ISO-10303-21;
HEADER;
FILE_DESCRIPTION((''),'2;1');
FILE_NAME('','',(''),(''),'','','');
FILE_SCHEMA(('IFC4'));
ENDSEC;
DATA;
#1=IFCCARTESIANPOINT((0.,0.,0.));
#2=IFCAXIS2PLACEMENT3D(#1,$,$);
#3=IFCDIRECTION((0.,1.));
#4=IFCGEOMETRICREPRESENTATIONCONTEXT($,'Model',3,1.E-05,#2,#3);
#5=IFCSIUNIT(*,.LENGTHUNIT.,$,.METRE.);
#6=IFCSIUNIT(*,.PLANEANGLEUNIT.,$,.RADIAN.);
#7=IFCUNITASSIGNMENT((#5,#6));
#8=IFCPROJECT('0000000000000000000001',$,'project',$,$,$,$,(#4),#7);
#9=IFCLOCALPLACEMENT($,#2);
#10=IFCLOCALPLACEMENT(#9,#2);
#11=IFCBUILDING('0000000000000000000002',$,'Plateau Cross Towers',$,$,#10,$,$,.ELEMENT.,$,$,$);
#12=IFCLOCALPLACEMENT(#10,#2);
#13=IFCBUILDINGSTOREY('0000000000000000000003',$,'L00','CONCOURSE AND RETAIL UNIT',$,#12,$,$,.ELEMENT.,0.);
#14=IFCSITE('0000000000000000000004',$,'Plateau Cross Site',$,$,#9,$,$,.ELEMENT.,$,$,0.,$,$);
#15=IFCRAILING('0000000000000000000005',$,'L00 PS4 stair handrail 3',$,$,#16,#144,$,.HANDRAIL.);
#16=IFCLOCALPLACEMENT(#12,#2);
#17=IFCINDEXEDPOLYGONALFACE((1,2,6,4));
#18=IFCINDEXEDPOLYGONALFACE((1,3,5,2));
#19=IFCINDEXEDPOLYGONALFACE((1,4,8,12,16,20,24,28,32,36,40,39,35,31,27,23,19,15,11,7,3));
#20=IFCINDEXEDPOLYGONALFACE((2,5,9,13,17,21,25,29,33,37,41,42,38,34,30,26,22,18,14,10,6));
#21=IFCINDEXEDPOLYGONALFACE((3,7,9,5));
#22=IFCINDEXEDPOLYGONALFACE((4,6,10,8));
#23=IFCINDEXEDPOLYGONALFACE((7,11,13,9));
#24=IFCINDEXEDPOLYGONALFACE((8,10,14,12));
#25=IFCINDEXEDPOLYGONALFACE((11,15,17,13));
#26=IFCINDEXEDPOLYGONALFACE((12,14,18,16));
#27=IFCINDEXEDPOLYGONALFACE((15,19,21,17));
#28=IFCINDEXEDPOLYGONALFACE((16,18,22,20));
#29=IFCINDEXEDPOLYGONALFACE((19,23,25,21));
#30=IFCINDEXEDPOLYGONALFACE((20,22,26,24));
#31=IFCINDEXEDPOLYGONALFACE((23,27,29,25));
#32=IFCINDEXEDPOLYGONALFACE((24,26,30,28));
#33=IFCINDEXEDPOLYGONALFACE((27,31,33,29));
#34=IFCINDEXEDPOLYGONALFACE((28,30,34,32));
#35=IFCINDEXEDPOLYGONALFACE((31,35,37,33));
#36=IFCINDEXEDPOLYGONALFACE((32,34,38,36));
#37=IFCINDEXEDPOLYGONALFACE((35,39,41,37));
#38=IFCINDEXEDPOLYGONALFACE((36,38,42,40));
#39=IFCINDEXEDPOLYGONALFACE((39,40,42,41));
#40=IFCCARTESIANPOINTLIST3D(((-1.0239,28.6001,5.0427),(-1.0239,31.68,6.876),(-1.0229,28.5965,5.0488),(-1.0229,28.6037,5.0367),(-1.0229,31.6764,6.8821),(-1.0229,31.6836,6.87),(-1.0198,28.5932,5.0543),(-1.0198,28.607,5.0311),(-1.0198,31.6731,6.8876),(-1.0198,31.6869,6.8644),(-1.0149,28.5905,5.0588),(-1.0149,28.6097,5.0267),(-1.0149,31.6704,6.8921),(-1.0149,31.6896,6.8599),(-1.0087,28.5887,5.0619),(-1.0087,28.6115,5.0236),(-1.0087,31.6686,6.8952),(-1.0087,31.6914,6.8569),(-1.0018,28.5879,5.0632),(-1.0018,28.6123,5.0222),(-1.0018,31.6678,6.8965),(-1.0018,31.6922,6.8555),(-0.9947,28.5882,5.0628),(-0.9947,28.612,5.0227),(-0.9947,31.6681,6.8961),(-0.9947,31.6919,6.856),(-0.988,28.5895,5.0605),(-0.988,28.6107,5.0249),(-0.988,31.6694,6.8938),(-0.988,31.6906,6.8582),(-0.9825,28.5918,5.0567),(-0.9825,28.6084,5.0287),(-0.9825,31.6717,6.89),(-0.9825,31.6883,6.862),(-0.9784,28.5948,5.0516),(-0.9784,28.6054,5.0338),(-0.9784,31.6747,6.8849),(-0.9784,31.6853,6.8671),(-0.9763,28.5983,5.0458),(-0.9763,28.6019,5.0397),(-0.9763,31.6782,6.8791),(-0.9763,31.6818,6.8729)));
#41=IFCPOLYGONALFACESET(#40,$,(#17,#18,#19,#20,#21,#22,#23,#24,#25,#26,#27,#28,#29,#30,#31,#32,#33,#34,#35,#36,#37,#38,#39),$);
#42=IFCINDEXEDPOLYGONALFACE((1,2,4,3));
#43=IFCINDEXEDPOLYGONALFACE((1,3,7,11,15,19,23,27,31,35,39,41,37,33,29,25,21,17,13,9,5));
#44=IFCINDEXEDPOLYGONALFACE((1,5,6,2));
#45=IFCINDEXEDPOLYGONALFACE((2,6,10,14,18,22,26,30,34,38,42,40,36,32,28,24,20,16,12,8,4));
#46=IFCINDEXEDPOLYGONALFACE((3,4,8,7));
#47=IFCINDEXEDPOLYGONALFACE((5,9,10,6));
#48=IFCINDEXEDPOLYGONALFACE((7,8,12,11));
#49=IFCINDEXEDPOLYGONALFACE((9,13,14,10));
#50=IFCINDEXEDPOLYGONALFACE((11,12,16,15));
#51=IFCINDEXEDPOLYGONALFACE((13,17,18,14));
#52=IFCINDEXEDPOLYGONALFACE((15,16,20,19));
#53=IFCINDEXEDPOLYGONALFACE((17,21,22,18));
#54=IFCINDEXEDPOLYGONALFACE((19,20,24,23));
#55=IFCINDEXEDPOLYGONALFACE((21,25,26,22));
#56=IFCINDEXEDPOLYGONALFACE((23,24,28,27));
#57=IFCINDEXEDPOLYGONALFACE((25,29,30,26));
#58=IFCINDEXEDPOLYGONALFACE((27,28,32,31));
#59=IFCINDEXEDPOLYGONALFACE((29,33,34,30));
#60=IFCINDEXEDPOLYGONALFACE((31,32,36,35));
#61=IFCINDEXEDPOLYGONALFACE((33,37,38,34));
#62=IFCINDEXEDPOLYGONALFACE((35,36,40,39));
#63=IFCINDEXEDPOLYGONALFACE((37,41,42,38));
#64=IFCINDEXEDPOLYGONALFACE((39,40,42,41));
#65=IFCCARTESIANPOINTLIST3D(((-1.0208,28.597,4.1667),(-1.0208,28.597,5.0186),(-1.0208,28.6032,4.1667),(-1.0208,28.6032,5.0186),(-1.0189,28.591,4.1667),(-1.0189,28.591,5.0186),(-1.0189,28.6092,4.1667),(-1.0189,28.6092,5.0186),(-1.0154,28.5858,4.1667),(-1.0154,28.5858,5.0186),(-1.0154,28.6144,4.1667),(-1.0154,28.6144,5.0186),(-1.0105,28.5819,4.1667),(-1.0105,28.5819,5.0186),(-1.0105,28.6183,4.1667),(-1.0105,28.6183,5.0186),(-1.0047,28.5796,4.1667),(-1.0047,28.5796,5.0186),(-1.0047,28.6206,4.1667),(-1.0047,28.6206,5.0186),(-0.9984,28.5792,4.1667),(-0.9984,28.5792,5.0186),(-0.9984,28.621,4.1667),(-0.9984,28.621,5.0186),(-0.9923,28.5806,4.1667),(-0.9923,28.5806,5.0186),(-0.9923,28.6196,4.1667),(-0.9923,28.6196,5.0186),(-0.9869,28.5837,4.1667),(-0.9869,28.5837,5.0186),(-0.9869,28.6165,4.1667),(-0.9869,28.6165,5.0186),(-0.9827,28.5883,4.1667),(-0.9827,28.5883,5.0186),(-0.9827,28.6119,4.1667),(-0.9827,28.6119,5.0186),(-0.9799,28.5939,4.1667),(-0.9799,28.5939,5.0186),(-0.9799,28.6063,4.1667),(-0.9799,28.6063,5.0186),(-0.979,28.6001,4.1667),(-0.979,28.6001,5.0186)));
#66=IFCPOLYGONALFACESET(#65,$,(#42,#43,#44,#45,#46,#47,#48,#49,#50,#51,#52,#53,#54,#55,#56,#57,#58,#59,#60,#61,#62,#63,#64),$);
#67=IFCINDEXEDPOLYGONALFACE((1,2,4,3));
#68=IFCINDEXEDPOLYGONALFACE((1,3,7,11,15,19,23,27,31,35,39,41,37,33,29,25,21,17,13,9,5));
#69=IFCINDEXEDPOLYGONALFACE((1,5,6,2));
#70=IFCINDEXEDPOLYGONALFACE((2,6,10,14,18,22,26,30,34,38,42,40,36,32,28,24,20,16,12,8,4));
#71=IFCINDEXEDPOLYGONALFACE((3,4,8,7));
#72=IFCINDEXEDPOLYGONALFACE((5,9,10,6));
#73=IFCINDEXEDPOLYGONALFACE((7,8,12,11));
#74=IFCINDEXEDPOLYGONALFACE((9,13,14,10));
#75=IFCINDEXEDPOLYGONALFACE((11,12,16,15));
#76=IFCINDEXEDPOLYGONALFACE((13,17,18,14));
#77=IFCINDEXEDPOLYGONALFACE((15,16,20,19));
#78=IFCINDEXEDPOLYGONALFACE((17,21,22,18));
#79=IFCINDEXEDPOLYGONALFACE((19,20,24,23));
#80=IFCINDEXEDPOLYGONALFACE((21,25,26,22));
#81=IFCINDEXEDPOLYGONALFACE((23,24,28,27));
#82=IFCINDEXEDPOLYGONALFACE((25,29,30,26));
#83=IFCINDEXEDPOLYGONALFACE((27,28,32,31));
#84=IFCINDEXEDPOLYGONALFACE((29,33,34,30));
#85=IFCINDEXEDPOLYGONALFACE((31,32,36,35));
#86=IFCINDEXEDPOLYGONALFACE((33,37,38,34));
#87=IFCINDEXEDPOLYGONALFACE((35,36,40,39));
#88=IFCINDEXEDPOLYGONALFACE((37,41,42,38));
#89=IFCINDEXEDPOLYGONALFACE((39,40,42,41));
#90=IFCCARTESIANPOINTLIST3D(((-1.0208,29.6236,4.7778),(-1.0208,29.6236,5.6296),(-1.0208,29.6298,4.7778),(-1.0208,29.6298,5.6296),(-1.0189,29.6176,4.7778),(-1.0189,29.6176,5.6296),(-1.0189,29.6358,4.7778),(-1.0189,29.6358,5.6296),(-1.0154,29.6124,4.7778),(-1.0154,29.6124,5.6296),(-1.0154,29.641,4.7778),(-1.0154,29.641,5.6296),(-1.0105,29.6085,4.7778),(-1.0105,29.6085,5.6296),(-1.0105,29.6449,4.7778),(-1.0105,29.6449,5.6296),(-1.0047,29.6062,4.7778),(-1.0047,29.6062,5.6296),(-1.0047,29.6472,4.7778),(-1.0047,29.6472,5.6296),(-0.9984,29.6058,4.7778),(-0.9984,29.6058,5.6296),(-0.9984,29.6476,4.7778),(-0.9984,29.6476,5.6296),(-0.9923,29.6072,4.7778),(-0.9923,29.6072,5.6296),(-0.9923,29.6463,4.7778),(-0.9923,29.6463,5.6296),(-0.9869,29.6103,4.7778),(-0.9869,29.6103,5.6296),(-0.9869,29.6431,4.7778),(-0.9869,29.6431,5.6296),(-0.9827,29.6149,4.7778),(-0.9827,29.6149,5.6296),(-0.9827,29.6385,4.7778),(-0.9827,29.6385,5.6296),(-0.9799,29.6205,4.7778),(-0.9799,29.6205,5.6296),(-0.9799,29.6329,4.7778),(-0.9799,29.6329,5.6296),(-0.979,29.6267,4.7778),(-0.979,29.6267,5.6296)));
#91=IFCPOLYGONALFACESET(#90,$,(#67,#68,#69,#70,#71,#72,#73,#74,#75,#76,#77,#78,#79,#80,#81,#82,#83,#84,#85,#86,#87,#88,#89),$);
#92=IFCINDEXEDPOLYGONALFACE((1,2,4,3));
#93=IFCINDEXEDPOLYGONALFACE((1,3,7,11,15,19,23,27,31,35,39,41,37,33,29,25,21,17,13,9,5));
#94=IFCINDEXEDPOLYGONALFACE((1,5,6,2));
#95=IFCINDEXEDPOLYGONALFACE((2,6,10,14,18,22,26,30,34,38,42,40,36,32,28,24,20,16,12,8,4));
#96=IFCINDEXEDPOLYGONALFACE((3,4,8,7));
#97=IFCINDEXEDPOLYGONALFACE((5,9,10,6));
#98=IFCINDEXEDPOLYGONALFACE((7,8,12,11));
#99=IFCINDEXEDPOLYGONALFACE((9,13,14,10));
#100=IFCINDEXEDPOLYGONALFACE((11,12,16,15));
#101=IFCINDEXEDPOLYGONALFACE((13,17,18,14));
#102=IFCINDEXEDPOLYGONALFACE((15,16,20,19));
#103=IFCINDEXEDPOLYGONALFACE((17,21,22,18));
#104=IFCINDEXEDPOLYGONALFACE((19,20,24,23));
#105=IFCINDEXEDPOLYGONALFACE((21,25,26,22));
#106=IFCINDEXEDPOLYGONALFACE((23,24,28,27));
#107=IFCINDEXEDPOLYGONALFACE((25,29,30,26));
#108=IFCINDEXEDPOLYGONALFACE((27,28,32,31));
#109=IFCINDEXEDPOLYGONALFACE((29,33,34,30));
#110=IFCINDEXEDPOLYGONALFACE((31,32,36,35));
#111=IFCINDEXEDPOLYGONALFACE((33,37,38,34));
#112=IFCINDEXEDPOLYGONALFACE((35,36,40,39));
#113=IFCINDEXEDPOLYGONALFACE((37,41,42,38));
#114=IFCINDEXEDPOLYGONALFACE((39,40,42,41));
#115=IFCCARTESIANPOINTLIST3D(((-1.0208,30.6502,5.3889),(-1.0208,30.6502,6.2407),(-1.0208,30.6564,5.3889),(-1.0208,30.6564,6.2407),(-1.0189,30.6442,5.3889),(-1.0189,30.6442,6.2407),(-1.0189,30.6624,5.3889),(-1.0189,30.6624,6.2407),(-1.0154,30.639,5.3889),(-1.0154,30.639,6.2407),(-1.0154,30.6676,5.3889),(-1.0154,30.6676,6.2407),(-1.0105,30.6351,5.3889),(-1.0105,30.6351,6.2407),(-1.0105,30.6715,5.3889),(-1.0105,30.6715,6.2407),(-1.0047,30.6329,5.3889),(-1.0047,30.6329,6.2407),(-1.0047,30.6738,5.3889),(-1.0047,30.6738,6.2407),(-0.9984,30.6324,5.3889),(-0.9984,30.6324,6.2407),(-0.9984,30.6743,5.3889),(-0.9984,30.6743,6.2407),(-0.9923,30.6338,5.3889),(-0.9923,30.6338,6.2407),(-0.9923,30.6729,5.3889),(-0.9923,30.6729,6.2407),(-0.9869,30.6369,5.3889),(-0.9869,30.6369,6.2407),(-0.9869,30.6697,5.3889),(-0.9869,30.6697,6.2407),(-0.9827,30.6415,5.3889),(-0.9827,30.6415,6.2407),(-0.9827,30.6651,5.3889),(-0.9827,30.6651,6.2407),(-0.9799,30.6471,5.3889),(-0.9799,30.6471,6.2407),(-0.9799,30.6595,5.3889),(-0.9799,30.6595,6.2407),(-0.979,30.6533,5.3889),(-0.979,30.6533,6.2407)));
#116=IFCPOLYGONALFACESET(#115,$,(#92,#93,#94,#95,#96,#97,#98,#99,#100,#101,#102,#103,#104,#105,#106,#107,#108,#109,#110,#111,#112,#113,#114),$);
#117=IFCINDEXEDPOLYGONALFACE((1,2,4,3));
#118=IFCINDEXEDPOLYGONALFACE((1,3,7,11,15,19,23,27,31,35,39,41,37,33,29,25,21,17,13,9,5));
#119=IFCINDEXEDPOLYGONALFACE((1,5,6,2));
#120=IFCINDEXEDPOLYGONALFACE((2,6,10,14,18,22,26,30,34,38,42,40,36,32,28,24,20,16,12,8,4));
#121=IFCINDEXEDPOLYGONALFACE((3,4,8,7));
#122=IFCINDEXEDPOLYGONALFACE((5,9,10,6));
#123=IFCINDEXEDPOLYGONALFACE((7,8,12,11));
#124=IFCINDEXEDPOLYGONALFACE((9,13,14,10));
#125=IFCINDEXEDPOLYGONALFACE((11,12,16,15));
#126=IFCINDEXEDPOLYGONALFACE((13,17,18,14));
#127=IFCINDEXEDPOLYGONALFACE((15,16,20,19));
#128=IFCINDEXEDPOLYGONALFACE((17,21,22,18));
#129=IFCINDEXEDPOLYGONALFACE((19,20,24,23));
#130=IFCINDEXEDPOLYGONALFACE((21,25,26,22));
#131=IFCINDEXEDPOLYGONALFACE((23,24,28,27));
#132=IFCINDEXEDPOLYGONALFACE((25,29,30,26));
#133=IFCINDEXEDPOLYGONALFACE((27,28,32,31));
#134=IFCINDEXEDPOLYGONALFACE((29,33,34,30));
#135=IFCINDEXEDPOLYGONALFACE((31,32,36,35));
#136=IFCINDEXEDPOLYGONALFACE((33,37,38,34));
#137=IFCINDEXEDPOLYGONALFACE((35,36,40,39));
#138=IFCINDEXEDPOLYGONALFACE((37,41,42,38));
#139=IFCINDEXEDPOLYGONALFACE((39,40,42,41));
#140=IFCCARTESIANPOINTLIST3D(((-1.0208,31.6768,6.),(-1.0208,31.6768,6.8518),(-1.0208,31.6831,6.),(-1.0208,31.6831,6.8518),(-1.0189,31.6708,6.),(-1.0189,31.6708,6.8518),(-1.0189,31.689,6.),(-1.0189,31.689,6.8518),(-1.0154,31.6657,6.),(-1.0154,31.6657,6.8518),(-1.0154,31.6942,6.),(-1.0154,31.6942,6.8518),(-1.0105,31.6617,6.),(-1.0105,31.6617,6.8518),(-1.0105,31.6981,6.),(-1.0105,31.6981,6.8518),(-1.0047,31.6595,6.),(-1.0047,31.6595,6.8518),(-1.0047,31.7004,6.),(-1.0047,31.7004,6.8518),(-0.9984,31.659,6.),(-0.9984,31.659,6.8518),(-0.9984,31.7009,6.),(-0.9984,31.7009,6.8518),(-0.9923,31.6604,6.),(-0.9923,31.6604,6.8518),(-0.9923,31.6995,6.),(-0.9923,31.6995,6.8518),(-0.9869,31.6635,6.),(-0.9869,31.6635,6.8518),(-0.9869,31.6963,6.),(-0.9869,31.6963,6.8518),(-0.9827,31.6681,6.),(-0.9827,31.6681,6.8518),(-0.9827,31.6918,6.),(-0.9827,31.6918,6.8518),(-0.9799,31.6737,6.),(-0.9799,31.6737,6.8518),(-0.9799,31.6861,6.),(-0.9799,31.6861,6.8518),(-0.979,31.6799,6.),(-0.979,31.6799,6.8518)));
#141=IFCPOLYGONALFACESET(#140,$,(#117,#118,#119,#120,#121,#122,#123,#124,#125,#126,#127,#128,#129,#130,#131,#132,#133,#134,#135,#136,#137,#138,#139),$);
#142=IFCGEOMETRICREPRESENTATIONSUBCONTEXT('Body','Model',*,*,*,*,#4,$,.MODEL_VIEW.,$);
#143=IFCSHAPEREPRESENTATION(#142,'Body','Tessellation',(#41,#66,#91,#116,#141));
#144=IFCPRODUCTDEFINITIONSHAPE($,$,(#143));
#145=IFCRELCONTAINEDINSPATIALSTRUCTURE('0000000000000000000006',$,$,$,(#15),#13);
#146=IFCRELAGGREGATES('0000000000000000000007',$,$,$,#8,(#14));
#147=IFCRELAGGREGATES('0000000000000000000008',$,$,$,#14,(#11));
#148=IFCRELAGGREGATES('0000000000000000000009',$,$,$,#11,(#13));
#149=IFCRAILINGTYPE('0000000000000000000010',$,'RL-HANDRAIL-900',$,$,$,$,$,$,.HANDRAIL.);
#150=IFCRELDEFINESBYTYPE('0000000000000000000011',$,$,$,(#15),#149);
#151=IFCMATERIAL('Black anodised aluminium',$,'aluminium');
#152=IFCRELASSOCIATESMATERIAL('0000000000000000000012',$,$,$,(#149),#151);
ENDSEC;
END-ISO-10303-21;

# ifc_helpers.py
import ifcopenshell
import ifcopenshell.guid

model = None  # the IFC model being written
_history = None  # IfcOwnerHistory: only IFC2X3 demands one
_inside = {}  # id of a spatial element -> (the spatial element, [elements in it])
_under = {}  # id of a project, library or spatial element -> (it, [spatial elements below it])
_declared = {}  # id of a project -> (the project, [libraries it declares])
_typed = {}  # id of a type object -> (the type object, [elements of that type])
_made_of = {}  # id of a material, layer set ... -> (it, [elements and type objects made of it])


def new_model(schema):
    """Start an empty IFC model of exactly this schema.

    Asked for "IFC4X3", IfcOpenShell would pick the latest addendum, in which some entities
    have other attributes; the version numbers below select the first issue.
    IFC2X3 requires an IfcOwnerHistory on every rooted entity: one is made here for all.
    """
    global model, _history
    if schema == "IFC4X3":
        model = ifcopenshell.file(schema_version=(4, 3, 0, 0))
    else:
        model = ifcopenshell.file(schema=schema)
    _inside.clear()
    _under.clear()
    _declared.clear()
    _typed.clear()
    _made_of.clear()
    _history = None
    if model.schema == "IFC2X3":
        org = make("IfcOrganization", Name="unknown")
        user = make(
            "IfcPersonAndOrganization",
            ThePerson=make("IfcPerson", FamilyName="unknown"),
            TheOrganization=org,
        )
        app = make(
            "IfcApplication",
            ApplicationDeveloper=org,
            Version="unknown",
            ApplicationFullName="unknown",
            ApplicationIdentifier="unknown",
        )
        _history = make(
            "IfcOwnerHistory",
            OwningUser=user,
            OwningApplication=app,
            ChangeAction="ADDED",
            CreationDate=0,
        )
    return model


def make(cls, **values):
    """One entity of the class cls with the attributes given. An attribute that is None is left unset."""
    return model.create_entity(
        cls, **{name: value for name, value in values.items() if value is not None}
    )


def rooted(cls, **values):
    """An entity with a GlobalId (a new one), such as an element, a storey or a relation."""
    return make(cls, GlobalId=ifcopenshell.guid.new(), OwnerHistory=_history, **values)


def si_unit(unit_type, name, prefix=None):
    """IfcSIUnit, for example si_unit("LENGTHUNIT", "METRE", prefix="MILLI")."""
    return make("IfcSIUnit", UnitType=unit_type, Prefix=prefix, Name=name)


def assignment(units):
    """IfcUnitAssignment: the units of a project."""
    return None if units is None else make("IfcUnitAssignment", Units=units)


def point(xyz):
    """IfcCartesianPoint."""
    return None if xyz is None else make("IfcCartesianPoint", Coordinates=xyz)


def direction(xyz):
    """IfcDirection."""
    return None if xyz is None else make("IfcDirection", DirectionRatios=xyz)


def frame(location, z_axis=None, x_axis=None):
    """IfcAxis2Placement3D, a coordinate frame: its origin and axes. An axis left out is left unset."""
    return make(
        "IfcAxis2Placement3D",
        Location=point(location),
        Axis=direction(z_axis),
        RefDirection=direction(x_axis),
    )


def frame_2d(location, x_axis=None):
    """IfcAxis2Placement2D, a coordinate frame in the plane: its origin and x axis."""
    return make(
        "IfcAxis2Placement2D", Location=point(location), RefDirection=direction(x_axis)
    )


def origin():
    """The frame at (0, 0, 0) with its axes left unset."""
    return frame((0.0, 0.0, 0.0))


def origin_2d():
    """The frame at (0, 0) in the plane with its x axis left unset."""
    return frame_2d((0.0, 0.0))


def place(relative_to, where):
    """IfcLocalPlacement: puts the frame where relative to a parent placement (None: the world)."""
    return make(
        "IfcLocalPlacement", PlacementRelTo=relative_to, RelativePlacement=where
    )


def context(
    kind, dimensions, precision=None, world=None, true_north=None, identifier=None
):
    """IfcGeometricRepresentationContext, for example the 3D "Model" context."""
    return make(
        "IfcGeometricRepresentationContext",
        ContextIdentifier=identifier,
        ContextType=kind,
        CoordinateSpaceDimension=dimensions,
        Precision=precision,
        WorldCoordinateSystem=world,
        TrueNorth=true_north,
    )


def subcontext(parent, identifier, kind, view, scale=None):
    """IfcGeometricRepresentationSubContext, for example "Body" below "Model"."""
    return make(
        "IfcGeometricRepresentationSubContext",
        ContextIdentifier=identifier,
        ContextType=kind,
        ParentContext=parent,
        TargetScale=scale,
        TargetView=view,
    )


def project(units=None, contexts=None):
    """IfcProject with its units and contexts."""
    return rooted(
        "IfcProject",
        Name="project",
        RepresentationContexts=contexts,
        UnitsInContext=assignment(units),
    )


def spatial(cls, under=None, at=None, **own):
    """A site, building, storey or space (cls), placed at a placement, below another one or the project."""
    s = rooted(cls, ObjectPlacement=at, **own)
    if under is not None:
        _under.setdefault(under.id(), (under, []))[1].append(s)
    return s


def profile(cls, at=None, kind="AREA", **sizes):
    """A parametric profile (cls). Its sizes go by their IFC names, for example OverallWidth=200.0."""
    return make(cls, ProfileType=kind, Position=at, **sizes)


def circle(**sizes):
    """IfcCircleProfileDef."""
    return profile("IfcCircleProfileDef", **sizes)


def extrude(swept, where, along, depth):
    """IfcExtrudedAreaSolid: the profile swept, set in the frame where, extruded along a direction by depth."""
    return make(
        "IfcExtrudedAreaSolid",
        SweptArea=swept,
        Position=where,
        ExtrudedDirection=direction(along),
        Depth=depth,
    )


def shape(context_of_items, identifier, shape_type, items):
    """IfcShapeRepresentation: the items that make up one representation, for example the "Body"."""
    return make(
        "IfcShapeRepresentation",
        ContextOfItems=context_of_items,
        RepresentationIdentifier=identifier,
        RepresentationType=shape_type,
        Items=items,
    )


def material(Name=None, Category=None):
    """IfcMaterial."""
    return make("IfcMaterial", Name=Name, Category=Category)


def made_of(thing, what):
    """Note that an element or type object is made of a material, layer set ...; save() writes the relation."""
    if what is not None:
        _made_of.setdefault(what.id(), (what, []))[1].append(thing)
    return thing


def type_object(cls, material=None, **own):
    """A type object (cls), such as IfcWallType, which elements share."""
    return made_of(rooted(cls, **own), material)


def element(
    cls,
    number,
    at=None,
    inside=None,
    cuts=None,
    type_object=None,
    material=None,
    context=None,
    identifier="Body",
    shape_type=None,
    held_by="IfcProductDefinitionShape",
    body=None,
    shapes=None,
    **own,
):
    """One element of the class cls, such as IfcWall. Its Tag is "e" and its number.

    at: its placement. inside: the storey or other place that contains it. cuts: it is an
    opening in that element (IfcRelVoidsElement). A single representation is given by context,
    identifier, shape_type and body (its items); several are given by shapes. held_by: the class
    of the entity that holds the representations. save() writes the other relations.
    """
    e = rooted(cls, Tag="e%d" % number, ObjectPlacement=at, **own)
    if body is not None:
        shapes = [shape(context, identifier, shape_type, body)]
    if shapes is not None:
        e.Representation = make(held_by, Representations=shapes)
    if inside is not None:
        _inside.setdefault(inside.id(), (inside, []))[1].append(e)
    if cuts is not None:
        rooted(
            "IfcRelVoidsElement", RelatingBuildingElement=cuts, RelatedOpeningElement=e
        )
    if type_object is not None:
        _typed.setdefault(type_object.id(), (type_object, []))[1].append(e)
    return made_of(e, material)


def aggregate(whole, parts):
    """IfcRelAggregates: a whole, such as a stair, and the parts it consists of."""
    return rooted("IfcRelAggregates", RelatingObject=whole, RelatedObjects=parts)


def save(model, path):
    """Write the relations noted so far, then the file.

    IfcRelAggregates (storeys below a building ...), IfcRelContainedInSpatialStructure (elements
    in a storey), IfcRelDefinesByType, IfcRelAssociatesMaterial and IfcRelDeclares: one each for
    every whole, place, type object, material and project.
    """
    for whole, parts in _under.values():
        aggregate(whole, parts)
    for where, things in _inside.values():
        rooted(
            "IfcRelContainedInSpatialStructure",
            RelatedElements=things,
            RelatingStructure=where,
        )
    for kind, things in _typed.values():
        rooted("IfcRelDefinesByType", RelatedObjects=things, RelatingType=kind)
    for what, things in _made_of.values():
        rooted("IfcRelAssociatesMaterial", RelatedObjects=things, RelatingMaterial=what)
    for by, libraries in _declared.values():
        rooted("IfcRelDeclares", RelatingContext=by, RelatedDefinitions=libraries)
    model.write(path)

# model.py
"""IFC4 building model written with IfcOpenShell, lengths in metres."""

from ifc_helpers import new_model, si_unit, direction, frame, origin, origin_2d, place, context, subcontext, project, spatial, circle, extrude, material, type_object, element, save


model = new_model("IFC4")

# Units and contexts
model_context = context("Model", 3, precision=1e-05, world=origin(), true_north=direction((0.0, 1.0)))
body_context = subcontext(model_context, "Body", "Model", "MODEL_VIEW")
ifc_project = project(units=[si_unit("LENGTHUNIT", "METRE"), si_unit("PLANEANGLEUNIT", "RADIAN")], contexts=[model_context])

# Site, building, storey
site_placement = place(None, origin())
site = spatial("IfcSite", under=ifc_project, at=site_placement, Name="Plateau Cross Site", CompositionType="ELEMENT", RefElevation=0.0)
building_placement = place(site_placement, origin())
building = spatial("IfcBuilding", under=site, at=building_placement, Name="Plateau Cross Towers", CompositionType="ELEMENT")
storey_placement = place(building_placement, origin())
storey = spatial("IfcBuildingStorey", under=building, at=storey_placement, Name="L00", Description="CONCOURSE AND RETAIL UNIT", CompositionType="ELEMENT", Elevation=0.0)

# Shared definitions
ifc_material_1 = material(Name="Black anodised aluminium", Category="aluminium")

# Railing
railing_type_1 = type_object("IfcRailingType", Name="RL-HANDRAIL-900", PredefinedType="HANDRAIL", material=ifc_material_1)
railing_1_placement = place(storey_placement, frame((-1.0, 28.6001, 4.1667)))
element("IfcRailing", 1, at=railing_1_placement, inside=storey, type_object=railing_type_1, Name="L00 PS4 stair handrail 3", PredefinedType="HANDRAIL", context=body_context, shape_type="SweptSolid", body=[
    extrude(circle(Radius=0.0239, at=origin_2d()), frame((0.0, 0.0, 0.876), z_axis=(0.0, 0.859291, 0.511487), x_axis=(-1.0, 0.0, 0.0)), (0.0, 0.0, 1.0), 3.5842),
    extrude(circle(Radius=0.021, at=origin_2d()), origin(), (0.0, 0.0, 1.0), 0.8518),
    extrude(circle(Radius=0.021, at=origin_2d()), frame((0.0, 1.0266, 0.6111)), (0.0, 0.0, 1.0), 0.8518),
    extrude(circle(Radius=0.021, at=origin_2d()), frame((0.0, 2.0532, 1.2222)), (0.0, 0.0, 1.0), 0.8518),
    extrude(circle(Radius=0.021, at=origin_2d()), frame((0.0, 3.0798, 1.8333)), (0.0, 0.0, 1.0), 0.8518),
])

save(model, "model.ifc")
